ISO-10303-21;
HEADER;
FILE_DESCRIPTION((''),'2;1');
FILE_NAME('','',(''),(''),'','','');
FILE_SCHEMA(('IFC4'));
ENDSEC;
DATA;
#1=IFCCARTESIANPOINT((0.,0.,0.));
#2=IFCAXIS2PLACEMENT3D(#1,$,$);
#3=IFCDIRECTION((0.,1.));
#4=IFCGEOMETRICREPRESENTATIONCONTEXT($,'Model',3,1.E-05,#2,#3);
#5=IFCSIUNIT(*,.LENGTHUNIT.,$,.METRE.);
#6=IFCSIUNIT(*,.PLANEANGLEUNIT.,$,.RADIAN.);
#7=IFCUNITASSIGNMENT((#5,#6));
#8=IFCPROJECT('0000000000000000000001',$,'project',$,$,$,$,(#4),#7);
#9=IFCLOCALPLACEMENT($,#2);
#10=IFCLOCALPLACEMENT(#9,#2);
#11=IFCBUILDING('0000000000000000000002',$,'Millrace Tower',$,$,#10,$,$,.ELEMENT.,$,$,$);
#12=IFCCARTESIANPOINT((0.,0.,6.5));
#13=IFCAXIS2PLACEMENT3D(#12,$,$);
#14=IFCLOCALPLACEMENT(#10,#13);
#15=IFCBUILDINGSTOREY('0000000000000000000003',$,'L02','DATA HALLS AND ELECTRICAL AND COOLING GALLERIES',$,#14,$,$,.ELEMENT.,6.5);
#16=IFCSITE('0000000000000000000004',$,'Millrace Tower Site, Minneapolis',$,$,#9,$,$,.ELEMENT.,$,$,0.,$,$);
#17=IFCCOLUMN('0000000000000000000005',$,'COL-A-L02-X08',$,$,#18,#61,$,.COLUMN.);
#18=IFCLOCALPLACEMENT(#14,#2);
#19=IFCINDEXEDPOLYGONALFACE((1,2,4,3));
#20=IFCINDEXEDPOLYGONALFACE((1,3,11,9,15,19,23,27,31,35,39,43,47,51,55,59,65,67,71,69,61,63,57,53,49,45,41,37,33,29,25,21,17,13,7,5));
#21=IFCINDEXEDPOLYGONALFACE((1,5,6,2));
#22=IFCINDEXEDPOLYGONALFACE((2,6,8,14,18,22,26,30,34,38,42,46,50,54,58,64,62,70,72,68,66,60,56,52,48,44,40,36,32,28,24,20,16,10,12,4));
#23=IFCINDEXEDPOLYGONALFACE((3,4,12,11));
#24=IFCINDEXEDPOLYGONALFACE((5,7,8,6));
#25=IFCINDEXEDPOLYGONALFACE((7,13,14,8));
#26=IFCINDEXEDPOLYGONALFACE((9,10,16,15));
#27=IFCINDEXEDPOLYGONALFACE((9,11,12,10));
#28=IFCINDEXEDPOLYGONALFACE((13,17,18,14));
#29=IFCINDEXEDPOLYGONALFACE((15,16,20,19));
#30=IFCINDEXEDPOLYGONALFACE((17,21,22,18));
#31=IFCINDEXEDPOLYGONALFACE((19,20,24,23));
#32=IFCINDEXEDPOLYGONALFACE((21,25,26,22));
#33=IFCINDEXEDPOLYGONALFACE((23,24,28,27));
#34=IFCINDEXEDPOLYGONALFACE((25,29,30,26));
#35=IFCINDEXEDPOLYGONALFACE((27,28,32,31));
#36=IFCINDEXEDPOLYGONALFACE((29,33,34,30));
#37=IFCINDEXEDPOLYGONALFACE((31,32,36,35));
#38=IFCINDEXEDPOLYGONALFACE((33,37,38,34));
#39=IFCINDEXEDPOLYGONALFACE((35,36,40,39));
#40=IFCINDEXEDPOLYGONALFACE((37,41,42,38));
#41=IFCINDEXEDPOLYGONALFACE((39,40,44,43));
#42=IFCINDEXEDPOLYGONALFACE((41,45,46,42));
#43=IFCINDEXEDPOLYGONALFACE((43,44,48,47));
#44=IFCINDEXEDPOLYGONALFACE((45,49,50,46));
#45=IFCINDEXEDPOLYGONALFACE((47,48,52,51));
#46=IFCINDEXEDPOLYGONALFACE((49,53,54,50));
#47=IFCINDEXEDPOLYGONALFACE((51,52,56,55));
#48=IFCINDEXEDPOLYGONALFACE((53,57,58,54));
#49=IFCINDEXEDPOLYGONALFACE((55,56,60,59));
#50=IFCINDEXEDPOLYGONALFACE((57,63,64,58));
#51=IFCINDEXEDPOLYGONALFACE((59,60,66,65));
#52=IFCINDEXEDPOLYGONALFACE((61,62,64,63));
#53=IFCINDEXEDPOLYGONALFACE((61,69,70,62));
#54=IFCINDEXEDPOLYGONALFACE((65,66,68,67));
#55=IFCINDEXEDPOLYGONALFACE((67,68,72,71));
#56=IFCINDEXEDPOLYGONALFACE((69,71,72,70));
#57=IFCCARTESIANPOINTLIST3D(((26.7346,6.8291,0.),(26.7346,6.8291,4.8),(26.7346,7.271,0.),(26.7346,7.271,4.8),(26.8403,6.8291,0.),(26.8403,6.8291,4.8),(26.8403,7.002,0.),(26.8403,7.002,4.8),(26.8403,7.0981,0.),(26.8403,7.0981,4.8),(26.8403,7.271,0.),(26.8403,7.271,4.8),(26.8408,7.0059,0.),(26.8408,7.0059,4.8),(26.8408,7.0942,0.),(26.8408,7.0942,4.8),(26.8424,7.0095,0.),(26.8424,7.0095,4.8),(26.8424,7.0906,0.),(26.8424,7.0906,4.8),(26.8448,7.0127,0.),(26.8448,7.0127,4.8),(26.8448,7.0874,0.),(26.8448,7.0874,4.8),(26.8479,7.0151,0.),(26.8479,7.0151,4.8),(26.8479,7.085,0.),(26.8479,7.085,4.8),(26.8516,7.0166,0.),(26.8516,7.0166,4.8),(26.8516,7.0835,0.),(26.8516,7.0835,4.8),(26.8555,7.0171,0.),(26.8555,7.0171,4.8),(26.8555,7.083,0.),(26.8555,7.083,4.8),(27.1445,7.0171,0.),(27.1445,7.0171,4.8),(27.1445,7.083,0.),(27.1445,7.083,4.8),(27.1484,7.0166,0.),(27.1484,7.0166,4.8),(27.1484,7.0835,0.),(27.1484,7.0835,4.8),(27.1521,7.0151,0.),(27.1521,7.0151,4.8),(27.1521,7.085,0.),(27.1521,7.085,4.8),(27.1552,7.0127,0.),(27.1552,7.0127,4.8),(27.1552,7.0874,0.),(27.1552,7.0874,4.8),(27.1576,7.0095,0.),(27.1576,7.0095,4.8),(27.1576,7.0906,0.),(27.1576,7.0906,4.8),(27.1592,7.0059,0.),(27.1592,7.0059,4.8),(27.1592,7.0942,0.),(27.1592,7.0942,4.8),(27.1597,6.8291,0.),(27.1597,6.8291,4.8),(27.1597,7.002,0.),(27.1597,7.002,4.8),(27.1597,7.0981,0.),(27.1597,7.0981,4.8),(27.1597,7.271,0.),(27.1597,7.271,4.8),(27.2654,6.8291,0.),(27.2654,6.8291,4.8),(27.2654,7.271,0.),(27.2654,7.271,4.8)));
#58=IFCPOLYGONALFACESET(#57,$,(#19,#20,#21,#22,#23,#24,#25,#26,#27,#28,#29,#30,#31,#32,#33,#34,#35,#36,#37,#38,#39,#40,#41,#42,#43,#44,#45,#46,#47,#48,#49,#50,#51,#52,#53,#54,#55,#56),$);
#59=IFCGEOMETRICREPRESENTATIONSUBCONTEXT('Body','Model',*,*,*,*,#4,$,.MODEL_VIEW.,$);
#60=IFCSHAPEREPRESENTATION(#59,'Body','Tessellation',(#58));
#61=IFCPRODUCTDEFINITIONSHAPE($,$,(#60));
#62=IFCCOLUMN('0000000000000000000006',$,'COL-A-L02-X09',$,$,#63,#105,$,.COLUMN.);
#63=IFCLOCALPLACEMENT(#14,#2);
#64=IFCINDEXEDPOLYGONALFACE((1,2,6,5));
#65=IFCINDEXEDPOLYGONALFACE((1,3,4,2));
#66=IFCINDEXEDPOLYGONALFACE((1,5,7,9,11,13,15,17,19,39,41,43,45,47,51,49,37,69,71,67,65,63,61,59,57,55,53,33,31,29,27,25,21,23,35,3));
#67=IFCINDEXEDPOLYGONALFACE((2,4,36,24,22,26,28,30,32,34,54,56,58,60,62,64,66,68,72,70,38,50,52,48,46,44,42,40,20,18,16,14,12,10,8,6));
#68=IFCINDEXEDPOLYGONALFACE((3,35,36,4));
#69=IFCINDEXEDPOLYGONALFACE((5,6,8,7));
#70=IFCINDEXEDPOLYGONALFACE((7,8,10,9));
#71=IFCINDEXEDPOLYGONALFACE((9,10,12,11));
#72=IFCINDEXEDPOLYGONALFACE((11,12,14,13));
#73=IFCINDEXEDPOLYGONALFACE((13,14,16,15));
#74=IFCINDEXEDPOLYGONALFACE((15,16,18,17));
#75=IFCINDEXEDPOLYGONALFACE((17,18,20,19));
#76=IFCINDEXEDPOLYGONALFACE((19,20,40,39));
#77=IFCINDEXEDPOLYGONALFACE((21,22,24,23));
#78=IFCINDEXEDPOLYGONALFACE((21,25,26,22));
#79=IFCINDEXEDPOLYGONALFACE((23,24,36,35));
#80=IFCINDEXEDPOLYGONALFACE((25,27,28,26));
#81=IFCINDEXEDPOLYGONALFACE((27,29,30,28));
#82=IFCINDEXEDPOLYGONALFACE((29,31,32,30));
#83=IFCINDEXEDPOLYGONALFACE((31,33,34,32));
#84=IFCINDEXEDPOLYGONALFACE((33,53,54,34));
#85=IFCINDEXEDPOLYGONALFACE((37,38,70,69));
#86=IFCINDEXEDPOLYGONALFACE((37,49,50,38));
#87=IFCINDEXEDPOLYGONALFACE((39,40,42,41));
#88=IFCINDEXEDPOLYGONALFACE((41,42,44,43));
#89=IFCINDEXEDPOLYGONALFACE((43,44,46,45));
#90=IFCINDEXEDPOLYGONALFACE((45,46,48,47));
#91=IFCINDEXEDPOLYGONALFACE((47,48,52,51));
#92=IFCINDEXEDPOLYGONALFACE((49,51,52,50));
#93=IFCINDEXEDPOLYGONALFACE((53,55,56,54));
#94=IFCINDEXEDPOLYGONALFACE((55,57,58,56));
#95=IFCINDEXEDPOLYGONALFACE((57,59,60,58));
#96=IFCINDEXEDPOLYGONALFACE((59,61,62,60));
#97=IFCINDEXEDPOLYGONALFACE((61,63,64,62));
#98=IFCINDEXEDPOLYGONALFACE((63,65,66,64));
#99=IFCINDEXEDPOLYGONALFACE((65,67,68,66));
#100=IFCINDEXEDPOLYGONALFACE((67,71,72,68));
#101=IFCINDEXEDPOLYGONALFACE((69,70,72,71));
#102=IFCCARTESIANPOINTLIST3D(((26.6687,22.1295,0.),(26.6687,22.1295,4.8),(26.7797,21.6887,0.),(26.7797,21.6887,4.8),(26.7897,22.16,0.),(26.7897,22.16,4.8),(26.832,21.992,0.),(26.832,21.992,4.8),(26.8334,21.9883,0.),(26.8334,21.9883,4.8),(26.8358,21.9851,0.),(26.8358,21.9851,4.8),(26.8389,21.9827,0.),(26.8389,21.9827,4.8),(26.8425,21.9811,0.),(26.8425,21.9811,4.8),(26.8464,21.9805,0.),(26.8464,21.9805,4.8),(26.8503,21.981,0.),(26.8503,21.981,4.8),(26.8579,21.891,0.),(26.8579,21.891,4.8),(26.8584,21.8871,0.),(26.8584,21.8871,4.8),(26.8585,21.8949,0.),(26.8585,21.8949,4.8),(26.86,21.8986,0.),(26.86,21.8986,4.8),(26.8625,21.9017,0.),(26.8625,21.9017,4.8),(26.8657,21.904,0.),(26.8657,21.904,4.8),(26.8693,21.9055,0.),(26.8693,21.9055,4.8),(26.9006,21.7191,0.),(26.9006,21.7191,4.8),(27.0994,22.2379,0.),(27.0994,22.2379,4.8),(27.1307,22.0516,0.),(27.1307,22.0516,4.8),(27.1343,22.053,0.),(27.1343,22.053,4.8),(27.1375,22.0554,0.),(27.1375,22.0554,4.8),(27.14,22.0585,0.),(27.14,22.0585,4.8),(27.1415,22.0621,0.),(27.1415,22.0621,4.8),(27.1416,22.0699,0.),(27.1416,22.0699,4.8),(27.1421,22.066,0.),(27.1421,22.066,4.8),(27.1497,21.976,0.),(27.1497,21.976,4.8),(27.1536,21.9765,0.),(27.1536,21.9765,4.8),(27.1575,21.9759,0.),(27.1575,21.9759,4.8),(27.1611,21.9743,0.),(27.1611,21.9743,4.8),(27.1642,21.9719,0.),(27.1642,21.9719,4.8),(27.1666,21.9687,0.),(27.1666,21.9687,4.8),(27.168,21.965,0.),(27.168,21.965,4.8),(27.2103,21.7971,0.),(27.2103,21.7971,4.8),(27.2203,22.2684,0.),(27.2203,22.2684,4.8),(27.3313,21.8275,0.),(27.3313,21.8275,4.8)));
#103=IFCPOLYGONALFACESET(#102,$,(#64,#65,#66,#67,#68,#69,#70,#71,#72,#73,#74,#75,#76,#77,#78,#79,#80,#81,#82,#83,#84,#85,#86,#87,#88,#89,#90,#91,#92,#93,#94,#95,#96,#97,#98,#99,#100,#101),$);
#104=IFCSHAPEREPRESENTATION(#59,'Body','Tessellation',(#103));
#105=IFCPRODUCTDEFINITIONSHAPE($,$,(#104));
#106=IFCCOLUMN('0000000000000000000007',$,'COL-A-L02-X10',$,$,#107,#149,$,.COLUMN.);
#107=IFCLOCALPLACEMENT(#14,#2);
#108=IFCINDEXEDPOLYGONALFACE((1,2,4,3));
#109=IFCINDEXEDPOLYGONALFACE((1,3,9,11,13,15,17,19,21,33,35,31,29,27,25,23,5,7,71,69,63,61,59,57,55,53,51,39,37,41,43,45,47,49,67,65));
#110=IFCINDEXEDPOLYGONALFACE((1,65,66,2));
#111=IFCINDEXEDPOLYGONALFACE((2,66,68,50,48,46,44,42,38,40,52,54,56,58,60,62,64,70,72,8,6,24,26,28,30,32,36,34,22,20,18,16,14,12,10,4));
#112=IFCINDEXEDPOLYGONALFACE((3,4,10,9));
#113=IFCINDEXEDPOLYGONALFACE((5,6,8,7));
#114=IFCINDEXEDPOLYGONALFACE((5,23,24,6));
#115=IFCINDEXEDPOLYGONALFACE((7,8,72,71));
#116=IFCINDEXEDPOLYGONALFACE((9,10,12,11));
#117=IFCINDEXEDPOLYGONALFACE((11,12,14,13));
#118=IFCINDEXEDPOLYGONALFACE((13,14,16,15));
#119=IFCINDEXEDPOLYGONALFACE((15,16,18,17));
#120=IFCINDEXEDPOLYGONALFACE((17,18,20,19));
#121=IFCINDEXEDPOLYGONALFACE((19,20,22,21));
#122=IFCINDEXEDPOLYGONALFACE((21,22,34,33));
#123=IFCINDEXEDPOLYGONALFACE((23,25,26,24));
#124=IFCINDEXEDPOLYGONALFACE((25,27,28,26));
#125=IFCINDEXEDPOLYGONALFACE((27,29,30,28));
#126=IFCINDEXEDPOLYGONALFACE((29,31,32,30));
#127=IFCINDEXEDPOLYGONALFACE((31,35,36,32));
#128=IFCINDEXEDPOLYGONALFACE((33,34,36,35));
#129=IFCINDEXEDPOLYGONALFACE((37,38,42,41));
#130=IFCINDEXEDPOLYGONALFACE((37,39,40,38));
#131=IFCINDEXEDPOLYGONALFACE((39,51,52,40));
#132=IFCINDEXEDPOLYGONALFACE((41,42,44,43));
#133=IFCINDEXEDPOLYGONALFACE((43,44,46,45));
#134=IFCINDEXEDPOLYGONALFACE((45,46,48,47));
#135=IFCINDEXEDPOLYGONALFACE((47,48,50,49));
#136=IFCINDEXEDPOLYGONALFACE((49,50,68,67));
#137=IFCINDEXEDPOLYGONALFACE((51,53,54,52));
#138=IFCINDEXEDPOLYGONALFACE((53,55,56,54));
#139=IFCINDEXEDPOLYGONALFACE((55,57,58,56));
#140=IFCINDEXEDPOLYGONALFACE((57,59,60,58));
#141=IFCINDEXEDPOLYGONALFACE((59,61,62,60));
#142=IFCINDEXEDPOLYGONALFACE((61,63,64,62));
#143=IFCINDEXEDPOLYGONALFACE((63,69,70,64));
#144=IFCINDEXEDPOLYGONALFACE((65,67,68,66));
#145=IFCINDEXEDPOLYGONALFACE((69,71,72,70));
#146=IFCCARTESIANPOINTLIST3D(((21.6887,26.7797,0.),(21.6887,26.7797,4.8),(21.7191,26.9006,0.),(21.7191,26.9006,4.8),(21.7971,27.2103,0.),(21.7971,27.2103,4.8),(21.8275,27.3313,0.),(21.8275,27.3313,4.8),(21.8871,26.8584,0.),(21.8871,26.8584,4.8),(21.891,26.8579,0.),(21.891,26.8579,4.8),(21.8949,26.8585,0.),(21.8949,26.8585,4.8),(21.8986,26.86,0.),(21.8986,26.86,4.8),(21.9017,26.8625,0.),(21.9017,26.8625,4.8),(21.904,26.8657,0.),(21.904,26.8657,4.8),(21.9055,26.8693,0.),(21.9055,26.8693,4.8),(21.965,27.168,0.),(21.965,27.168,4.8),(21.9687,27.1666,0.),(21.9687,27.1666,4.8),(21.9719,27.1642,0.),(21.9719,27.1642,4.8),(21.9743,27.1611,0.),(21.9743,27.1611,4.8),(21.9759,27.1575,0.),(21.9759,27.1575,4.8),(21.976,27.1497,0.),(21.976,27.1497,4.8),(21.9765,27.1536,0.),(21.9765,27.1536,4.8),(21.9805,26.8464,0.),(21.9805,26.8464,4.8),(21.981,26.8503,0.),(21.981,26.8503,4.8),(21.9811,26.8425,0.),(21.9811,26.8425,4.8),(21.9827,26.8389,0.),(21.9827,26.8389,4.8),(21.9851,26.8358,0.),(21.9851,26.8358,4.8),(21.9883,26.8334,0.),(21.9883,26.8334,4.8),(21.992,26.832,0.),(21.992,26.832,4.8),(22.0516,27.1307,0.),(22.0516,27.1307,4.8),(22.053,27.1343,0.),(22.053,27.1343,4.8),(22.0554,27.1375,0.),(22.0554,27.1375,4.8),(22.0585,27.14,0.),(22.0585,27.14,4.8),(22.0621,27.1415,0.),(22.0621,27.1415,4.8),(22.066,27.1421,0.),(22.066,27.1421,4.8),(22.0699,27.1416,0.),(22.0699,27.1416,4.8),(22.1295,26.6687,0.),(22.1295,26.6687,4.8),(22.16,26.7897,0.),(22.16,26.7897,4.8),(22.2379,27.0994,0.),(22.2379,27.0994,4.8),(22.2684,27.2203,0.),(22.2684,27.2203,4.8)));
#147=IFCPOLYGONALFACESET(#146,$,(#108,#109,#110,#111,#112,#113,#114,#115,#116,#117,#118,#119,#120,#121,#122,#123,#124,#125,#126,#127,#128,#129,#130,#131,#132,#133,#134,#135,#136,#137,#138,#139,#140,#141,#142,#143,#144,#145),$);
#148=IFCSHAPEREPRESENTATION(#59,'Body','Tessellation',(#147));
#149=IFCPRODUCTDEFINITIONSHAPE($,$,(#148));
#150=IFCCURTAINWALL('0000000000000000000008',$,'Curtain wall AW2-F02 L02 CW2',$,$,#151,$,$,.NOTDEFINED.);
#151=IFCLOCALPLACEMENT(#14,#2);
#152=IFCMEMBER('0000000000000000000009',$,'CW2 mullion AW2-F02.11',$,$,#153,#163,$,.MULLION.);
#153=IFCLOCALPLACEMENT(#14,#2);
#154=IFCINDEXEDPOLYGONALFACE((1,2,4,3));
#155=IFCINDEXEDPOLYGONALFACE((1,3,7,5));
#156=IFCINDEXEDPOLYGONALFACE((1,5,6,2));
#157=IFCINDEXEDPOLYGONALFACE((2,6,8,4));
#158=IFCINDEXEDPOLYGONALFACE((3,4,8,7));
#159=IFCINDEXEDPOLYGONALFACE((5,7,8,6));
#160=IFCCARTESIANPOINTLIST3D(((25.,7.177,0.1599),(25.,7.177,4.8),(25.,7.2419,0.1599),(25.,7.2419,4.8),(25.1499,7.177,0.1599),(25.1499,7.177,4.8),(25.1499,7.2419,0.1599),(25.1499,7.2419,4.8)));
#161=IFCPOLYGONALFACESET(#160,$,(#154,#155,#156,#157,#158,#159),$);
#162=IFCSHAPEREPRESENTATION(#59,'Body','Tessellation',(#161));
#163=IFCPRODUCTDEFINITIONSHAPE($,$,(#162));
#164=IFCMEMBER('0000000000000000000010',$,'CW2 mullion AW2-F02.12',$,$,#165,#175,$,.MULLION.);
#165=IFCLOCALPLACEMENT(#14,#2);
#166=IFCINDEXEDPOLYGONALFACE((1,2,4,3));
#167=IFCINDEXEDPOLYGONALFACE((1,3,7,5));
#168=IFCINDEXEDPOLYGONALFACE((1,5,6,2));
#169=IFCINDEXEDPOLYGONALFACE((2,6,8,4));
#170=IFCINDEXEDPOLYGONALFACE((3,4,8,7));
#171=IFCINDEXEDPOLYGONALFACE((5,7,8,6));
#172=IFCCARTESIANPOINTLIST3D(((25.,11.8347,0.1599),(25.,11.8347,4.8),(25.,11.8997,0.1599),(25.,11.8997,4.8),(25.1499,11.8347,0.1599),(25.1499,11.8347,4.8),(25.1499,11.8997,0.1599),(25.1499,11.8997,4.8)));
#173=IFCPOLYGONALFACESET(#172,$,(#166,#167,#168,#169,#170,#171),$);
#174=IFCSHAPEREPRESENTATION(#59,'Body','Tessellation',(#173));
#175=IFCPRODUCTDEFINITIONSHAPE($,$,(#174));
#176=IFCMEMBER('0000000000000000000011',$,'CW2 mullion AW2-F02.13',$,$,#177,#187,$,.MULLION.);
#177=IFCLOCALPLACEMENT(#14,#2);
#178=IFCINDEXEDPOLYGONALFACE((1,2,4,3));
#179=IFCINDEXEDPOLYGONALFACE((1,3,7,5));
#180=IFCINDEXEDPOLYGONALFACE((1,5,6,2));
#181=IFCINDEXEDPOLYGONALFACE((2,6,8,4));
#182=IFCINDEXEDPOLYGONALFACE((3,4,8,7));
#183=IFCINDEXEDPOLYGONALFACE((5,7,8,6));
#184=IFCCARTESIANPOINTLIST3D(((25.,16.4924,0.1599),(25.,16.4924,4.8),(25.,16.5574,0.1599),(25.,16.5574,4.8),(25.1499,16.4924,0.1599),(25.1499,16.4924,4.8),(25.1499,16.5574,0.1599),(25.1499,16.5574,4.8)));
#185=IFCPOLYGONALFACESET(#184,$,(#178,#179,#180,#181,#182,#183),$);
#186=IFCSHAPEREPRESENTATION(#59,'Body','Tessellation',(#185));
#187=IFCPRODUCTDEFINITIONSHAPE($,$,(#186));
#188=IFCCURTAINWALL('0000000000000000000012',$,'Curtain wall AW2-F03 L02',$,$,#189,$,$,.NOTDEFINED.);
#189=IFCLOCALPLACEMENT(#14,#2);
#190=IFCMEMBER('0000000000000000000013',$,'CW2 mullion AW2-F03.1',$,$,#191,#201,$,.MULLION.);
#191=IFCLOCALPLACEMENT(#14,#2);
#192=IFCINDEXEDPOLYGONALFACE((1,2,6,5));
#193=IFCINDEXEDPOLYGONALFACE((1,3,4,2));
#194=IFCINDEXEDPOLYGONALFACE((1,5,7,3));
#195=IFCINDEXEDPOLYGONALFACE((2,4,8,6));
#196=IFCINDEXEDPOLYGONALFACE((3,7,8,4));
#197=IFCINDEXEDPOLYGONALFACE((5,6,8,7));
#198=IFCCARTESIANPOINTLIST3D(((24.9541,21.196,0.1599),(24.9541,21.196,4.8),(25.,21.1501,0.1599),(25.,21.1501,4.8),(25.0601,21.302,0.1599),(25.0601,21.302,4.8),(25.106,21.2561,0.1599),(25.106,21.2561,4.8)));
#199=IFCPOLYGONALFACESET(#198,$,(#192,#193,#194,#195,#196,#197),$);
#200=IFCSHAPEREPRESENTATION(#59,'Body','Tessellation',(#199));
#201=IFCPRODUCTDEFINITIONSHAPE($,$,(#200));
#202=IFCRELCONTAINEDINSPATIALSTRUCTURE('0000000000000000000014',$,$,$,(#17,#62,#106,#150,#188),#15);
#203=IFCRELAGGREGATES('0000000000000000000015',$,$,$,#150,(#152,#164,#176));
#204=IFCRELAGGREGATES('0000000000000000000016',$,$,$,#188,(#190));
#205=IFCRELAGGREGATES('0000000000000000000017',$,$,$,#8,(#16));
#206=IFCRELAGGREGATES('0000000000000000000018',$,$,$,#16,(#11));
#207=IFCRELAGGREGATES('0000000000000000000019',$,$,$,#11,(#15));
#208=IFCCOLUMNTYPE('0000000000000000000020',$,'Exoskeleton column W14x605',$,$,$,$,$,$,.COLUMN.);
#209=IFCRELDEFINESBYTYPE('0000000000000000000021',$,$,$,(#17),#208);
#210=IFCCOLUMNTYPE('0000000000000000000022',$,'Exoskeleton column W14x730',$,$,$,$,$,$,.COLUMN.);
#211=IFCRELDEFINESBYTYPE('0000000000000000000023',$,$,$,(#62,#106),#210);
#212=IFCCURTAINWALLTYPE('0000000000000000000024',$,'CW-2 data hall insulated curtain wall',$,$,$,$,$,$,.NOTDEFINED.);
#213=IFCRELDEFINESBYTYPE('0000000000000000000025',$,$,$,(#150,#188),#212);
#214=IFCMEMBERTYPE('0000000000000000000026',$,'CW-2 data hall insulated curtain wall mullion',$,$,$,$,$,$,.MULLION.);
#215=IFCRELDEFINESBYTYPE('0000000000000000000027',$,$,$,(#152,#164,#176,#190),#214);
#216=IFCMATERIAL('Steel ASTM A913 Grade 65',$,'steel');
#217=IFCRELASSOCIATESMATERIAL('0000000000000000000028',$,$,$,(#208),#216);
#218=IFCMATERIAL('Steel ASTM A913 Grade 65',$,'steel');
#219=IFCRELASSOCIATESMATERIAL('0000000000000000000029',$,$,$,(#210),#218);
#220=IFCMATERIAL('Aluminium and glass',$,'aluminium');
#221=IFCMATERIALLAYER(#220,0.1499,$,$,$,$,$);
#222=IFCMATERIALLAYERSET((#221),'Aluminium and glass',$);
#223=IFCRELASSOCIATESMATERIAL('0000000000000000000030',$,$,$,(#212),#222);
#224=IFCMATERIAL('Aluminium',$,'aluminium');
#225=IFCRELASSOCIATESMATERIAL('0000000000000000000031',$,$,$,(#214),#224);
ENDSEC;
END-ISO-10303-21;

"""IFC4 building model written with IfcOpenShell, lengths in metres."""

from ifc_helpers import new_model, si_unit, direction, frame, origin, origin_2d, place, context, subcontext, project, spatial, rectangle, i_section, extrude, material, layer, layer_set, material_profile, profile_set, type_object, element, aggregate, save


model = new_model("IFC4")

# Units and contexts
model_context = context("Model", 3, precision=1e-05, world=origin(), true_north=direction((0.0, 1.0)))
body_context = subcontext(model_context, "Body", "Model", "MODEL_VIEW")
ifc_project = project(units=[si_unit("LENGTHUNIT", "METRE"), si_unit("PLANEANGLEUNIT", "RADIAN")], contexts=[model_context])

# Site, building, storey
site_placement = place(None, origin())
site = spatial("IfcSite", under=ifc_project, at=site_placement, Name="Millrace Tower Site, Minneapolis", CompositionType="ELEMENT", RefElevation=0.0)
building_placement = place(site_placement, origin())
building = spatial("IfcBuilding", under=site, at=building_placement, Name="Millrace Tower", CompositionType="ELEMENT")
storey_placement = place(building_placement, frame((0.0, 0.0, 6.5)))
storey = spatial("IfcBuildingStorey", under=building, at=storey_placement, Name="L02", Description="DATA HALLS AND ELECTRICAL AND COOLING GALLERIES", CompositionType="ELEMENT", Elevation=6.5)

# Columns
ifc_material_1 = material(Name="Steel ASTM A913 Grade 65", Category="steel")
ifc_material_profile_1 = material_profile(ifc_material_1, i_section(OverallWidth=0.4419, OverallDepth=0.5308, WebThickness=0.0659, FlangeThickness=0.1057, FilletRadius=0.0151, at=origin_2d()))
ifc_profile_set_1 = profile_set([ifc_material_profile_1], Name="Steel ASTM A913 Grade 65")
column_type_1 = type_object("IfcColumnType", Name="Exoskeleton column W14x605", PredefinedType="COLUMN", material=ifc_profile_set_1)
column_placement = place(storey_placement, frame((27.0, 7.05, 0.0), z_axis=(0.0, 0.0, 1.0), x_axis=(0.0, 1.0, 0.0)))
element("IfcColumn", 1, at=column_placement, inside=storey, type_object=column_type_1, Name="COL-A-L02-X08", PredefinedType="COLUMN", context=body_context, shape_type="SweptSolid", body=[
    extrude(i_section(OverallWidth=0.4419, OverallDepth=0.5308, WebThickness=0.0659, FlangeThickness=0.1057, FilletRadius=0.0151, at=origin_2d()), origin(), (0.0, 0.0, 1.0), 4.8),
])
ifc_material_2 = material(Name="Steel ASTM A913 Grade 65", Category="steel")
ifc_material_profile_2 = material_profile(ifc_material_2, i_section(OverallWidth=0.4546, OverallDepth=0.5688, WebThickness=0.0779, FlangeThickness=0.1248, FilletRadius=0.0151, at=origin_2d()))
ifc_profile_set_2 = profile_set([ifc_material_profile_2], Name="Steel ASTM A913 Grade 65")
column_type_2 = type_object("IfcColumnType", Name="Exoskeleton column W14x730", PredefinedType="COLUMN", material=ifc_profile_set_2)
for number, where, z_axis, x_axis, name in (
    (2, (27.0, 21.9785, 0.0), (0.0, 0.0, 1.0), (-0.244094, 0.969752, 0.0), "COL-A-L02-X09"),
    (3, (21.9785, 27.0, 0.0), (0.0, 0.0, 1.0), (-0.969752, 0.244094, 0.0), "COL-A-L02-X10"),
):
    element("IfcColumn", number, at=place(storey_placement, frame(where, z_axis=z_axis, x_axis=x_axis)), inside=storey, type_object=column_type_2, Name=name, PredefinedType="COLUMN", context=body_context, shape_type="SweptSolid", body=[
        extrude(i_section(OverallWidth=0.4546, OverallDepth=0.5688, WebThickness=0.0779, FlangeThickness=0.1248, FilletRadius=0.0151, at=origin_2d()), origin(), (0.0, 0.0, 1.0), 4.8),
    ])

# Curtain wall, members
ifc_material_3 = material(Name="Aluminium and glass", Category="aluminium")
ifc_layer_1 = layer(ifc_material_3, 0.1499)
ifc_layer_set_1 = layer_set([ifc_layer_1], Name="Aluminium and glass")
curtain_wall_type = type_object("IfcCurtainWallType", Name="CW-2 data hall insulated curtain wall", PredefinedType="NOTDEFINED", material=ifc_layer_set_1)
placement = place(storey_placement, origin())
curtain_wall_1 = element("IfcCurtainWall", 4, at=placement, inside=storey, type_object=curtain_wall_type, Name="Curtain wall AW2-F02 L02 CW2", PredefinedType="NOTDEFINED")
ifc_material_4 = material(Name="Aluminium", Category="aluminium")
ifc_material_profile_3 = material_profile(ifc_material_4, rectangle(XDim=0.0649, YDim=0.1499, at=origin_2d()))
ifc_profile_set_3 = profile_set([ifc_material_profile_3], Name="Aluminium")
member_type_1 = type_object("IfcMemberType", Name="CW-2 data hall insulated curtain wall mullion", PredefinedType="MULLION", material=ifc_profile_set_3)
member_1_placement = place(storey_placement, frame((25.075, 7.2095, 0.1599), z_axis=(0.0, 0.0, 1.0), x_axis=(0.0, 1.0, 0.0)))
member_1 = element("IfcMember", 5, at=member_1_placement, type_object=member_type_1, Name="CW2 mullion AW2-F02.11", PredefinedType="MULLION", context=body_context, shape_type="SweptSolid", body=[
    extrude(rectangle(XDim=0.0649, YDim=0.1499, at=origin_2d()), origin(), (0.0, 0.0, 1.0), 4.6401),
])
member_2_placement = place(storey_placement, frame((25.075, 11.8672, 0.1599), z_axis=(0.0, 0.0, 1.0), x_axis=(0.0, 1.0, 0.0)))
member_2 = element("IfcMember", 6, at=member_2_placement, type_object=member_type_1, Name="CW2 mullion AW2-F02.12", PredefinedType="MULLION", context=body_context, shape_type="SweptSolid", body=[
    extrude(rectangle(XDim=0.0649, YDim=0.1499, at=origin_2d()), origin(), (0.0, 0.0, 1.0), 4.6401),
])
member_3_placement = place(storey_placement, frame((25.075, 16.5249, 0.1599), z_axis=(0.0, 0.0, 1.0), x_axis=(0.0, 1.0, 0.0)))
member_3 = element("IfcMember", 7, at=member_3_placement, type_object=member_type_1, Name="CW2 mullion AW2-F02.13", PredefinedType="MULLION", context=body_context, shape_type="SweptSolid", body=[
    extrude(rectangle(XDim=0.0649, YDim=0.1499, at=origin_2d()), origin(), (0.0, 0.0, 1.0), 4.6401),
])
aggregate(curtain_wall_1, [member_1, member_2, member_3])

# Curtain wall, member
curtain_wall_2 = element("IfcCurtainWall", 8, at=placement, inside=storey, type_object=curtain_wall_type, Name="Curtain wall AW2-F03 L02", PredefinedType="NOTDEFINED")
member_4_placement = place(storey_placement, frame((25.03, 21.2261, 0.1599), z_axis=(0.0, 0.0, 1.0), x_axis=(-0.707107, 0.707107, 0.0)))
member_4 = element("IfcMember", 9, at=member_4_placement, type_object=member_type_1, Name="CW2 mullion AW2-F03.1", PredefinedType="MULLION", context=body_context, shape_type="SweptSolid", body=[
    extrude(rectangle(XDim=0.0649, YDim=0.1499, at=origin_2d()), origin(), (0.0, 0.0, 1.0), 4.6401),
])

aggregate(curtain_wall_2, [member_4])

save(model, "model.ifc")
